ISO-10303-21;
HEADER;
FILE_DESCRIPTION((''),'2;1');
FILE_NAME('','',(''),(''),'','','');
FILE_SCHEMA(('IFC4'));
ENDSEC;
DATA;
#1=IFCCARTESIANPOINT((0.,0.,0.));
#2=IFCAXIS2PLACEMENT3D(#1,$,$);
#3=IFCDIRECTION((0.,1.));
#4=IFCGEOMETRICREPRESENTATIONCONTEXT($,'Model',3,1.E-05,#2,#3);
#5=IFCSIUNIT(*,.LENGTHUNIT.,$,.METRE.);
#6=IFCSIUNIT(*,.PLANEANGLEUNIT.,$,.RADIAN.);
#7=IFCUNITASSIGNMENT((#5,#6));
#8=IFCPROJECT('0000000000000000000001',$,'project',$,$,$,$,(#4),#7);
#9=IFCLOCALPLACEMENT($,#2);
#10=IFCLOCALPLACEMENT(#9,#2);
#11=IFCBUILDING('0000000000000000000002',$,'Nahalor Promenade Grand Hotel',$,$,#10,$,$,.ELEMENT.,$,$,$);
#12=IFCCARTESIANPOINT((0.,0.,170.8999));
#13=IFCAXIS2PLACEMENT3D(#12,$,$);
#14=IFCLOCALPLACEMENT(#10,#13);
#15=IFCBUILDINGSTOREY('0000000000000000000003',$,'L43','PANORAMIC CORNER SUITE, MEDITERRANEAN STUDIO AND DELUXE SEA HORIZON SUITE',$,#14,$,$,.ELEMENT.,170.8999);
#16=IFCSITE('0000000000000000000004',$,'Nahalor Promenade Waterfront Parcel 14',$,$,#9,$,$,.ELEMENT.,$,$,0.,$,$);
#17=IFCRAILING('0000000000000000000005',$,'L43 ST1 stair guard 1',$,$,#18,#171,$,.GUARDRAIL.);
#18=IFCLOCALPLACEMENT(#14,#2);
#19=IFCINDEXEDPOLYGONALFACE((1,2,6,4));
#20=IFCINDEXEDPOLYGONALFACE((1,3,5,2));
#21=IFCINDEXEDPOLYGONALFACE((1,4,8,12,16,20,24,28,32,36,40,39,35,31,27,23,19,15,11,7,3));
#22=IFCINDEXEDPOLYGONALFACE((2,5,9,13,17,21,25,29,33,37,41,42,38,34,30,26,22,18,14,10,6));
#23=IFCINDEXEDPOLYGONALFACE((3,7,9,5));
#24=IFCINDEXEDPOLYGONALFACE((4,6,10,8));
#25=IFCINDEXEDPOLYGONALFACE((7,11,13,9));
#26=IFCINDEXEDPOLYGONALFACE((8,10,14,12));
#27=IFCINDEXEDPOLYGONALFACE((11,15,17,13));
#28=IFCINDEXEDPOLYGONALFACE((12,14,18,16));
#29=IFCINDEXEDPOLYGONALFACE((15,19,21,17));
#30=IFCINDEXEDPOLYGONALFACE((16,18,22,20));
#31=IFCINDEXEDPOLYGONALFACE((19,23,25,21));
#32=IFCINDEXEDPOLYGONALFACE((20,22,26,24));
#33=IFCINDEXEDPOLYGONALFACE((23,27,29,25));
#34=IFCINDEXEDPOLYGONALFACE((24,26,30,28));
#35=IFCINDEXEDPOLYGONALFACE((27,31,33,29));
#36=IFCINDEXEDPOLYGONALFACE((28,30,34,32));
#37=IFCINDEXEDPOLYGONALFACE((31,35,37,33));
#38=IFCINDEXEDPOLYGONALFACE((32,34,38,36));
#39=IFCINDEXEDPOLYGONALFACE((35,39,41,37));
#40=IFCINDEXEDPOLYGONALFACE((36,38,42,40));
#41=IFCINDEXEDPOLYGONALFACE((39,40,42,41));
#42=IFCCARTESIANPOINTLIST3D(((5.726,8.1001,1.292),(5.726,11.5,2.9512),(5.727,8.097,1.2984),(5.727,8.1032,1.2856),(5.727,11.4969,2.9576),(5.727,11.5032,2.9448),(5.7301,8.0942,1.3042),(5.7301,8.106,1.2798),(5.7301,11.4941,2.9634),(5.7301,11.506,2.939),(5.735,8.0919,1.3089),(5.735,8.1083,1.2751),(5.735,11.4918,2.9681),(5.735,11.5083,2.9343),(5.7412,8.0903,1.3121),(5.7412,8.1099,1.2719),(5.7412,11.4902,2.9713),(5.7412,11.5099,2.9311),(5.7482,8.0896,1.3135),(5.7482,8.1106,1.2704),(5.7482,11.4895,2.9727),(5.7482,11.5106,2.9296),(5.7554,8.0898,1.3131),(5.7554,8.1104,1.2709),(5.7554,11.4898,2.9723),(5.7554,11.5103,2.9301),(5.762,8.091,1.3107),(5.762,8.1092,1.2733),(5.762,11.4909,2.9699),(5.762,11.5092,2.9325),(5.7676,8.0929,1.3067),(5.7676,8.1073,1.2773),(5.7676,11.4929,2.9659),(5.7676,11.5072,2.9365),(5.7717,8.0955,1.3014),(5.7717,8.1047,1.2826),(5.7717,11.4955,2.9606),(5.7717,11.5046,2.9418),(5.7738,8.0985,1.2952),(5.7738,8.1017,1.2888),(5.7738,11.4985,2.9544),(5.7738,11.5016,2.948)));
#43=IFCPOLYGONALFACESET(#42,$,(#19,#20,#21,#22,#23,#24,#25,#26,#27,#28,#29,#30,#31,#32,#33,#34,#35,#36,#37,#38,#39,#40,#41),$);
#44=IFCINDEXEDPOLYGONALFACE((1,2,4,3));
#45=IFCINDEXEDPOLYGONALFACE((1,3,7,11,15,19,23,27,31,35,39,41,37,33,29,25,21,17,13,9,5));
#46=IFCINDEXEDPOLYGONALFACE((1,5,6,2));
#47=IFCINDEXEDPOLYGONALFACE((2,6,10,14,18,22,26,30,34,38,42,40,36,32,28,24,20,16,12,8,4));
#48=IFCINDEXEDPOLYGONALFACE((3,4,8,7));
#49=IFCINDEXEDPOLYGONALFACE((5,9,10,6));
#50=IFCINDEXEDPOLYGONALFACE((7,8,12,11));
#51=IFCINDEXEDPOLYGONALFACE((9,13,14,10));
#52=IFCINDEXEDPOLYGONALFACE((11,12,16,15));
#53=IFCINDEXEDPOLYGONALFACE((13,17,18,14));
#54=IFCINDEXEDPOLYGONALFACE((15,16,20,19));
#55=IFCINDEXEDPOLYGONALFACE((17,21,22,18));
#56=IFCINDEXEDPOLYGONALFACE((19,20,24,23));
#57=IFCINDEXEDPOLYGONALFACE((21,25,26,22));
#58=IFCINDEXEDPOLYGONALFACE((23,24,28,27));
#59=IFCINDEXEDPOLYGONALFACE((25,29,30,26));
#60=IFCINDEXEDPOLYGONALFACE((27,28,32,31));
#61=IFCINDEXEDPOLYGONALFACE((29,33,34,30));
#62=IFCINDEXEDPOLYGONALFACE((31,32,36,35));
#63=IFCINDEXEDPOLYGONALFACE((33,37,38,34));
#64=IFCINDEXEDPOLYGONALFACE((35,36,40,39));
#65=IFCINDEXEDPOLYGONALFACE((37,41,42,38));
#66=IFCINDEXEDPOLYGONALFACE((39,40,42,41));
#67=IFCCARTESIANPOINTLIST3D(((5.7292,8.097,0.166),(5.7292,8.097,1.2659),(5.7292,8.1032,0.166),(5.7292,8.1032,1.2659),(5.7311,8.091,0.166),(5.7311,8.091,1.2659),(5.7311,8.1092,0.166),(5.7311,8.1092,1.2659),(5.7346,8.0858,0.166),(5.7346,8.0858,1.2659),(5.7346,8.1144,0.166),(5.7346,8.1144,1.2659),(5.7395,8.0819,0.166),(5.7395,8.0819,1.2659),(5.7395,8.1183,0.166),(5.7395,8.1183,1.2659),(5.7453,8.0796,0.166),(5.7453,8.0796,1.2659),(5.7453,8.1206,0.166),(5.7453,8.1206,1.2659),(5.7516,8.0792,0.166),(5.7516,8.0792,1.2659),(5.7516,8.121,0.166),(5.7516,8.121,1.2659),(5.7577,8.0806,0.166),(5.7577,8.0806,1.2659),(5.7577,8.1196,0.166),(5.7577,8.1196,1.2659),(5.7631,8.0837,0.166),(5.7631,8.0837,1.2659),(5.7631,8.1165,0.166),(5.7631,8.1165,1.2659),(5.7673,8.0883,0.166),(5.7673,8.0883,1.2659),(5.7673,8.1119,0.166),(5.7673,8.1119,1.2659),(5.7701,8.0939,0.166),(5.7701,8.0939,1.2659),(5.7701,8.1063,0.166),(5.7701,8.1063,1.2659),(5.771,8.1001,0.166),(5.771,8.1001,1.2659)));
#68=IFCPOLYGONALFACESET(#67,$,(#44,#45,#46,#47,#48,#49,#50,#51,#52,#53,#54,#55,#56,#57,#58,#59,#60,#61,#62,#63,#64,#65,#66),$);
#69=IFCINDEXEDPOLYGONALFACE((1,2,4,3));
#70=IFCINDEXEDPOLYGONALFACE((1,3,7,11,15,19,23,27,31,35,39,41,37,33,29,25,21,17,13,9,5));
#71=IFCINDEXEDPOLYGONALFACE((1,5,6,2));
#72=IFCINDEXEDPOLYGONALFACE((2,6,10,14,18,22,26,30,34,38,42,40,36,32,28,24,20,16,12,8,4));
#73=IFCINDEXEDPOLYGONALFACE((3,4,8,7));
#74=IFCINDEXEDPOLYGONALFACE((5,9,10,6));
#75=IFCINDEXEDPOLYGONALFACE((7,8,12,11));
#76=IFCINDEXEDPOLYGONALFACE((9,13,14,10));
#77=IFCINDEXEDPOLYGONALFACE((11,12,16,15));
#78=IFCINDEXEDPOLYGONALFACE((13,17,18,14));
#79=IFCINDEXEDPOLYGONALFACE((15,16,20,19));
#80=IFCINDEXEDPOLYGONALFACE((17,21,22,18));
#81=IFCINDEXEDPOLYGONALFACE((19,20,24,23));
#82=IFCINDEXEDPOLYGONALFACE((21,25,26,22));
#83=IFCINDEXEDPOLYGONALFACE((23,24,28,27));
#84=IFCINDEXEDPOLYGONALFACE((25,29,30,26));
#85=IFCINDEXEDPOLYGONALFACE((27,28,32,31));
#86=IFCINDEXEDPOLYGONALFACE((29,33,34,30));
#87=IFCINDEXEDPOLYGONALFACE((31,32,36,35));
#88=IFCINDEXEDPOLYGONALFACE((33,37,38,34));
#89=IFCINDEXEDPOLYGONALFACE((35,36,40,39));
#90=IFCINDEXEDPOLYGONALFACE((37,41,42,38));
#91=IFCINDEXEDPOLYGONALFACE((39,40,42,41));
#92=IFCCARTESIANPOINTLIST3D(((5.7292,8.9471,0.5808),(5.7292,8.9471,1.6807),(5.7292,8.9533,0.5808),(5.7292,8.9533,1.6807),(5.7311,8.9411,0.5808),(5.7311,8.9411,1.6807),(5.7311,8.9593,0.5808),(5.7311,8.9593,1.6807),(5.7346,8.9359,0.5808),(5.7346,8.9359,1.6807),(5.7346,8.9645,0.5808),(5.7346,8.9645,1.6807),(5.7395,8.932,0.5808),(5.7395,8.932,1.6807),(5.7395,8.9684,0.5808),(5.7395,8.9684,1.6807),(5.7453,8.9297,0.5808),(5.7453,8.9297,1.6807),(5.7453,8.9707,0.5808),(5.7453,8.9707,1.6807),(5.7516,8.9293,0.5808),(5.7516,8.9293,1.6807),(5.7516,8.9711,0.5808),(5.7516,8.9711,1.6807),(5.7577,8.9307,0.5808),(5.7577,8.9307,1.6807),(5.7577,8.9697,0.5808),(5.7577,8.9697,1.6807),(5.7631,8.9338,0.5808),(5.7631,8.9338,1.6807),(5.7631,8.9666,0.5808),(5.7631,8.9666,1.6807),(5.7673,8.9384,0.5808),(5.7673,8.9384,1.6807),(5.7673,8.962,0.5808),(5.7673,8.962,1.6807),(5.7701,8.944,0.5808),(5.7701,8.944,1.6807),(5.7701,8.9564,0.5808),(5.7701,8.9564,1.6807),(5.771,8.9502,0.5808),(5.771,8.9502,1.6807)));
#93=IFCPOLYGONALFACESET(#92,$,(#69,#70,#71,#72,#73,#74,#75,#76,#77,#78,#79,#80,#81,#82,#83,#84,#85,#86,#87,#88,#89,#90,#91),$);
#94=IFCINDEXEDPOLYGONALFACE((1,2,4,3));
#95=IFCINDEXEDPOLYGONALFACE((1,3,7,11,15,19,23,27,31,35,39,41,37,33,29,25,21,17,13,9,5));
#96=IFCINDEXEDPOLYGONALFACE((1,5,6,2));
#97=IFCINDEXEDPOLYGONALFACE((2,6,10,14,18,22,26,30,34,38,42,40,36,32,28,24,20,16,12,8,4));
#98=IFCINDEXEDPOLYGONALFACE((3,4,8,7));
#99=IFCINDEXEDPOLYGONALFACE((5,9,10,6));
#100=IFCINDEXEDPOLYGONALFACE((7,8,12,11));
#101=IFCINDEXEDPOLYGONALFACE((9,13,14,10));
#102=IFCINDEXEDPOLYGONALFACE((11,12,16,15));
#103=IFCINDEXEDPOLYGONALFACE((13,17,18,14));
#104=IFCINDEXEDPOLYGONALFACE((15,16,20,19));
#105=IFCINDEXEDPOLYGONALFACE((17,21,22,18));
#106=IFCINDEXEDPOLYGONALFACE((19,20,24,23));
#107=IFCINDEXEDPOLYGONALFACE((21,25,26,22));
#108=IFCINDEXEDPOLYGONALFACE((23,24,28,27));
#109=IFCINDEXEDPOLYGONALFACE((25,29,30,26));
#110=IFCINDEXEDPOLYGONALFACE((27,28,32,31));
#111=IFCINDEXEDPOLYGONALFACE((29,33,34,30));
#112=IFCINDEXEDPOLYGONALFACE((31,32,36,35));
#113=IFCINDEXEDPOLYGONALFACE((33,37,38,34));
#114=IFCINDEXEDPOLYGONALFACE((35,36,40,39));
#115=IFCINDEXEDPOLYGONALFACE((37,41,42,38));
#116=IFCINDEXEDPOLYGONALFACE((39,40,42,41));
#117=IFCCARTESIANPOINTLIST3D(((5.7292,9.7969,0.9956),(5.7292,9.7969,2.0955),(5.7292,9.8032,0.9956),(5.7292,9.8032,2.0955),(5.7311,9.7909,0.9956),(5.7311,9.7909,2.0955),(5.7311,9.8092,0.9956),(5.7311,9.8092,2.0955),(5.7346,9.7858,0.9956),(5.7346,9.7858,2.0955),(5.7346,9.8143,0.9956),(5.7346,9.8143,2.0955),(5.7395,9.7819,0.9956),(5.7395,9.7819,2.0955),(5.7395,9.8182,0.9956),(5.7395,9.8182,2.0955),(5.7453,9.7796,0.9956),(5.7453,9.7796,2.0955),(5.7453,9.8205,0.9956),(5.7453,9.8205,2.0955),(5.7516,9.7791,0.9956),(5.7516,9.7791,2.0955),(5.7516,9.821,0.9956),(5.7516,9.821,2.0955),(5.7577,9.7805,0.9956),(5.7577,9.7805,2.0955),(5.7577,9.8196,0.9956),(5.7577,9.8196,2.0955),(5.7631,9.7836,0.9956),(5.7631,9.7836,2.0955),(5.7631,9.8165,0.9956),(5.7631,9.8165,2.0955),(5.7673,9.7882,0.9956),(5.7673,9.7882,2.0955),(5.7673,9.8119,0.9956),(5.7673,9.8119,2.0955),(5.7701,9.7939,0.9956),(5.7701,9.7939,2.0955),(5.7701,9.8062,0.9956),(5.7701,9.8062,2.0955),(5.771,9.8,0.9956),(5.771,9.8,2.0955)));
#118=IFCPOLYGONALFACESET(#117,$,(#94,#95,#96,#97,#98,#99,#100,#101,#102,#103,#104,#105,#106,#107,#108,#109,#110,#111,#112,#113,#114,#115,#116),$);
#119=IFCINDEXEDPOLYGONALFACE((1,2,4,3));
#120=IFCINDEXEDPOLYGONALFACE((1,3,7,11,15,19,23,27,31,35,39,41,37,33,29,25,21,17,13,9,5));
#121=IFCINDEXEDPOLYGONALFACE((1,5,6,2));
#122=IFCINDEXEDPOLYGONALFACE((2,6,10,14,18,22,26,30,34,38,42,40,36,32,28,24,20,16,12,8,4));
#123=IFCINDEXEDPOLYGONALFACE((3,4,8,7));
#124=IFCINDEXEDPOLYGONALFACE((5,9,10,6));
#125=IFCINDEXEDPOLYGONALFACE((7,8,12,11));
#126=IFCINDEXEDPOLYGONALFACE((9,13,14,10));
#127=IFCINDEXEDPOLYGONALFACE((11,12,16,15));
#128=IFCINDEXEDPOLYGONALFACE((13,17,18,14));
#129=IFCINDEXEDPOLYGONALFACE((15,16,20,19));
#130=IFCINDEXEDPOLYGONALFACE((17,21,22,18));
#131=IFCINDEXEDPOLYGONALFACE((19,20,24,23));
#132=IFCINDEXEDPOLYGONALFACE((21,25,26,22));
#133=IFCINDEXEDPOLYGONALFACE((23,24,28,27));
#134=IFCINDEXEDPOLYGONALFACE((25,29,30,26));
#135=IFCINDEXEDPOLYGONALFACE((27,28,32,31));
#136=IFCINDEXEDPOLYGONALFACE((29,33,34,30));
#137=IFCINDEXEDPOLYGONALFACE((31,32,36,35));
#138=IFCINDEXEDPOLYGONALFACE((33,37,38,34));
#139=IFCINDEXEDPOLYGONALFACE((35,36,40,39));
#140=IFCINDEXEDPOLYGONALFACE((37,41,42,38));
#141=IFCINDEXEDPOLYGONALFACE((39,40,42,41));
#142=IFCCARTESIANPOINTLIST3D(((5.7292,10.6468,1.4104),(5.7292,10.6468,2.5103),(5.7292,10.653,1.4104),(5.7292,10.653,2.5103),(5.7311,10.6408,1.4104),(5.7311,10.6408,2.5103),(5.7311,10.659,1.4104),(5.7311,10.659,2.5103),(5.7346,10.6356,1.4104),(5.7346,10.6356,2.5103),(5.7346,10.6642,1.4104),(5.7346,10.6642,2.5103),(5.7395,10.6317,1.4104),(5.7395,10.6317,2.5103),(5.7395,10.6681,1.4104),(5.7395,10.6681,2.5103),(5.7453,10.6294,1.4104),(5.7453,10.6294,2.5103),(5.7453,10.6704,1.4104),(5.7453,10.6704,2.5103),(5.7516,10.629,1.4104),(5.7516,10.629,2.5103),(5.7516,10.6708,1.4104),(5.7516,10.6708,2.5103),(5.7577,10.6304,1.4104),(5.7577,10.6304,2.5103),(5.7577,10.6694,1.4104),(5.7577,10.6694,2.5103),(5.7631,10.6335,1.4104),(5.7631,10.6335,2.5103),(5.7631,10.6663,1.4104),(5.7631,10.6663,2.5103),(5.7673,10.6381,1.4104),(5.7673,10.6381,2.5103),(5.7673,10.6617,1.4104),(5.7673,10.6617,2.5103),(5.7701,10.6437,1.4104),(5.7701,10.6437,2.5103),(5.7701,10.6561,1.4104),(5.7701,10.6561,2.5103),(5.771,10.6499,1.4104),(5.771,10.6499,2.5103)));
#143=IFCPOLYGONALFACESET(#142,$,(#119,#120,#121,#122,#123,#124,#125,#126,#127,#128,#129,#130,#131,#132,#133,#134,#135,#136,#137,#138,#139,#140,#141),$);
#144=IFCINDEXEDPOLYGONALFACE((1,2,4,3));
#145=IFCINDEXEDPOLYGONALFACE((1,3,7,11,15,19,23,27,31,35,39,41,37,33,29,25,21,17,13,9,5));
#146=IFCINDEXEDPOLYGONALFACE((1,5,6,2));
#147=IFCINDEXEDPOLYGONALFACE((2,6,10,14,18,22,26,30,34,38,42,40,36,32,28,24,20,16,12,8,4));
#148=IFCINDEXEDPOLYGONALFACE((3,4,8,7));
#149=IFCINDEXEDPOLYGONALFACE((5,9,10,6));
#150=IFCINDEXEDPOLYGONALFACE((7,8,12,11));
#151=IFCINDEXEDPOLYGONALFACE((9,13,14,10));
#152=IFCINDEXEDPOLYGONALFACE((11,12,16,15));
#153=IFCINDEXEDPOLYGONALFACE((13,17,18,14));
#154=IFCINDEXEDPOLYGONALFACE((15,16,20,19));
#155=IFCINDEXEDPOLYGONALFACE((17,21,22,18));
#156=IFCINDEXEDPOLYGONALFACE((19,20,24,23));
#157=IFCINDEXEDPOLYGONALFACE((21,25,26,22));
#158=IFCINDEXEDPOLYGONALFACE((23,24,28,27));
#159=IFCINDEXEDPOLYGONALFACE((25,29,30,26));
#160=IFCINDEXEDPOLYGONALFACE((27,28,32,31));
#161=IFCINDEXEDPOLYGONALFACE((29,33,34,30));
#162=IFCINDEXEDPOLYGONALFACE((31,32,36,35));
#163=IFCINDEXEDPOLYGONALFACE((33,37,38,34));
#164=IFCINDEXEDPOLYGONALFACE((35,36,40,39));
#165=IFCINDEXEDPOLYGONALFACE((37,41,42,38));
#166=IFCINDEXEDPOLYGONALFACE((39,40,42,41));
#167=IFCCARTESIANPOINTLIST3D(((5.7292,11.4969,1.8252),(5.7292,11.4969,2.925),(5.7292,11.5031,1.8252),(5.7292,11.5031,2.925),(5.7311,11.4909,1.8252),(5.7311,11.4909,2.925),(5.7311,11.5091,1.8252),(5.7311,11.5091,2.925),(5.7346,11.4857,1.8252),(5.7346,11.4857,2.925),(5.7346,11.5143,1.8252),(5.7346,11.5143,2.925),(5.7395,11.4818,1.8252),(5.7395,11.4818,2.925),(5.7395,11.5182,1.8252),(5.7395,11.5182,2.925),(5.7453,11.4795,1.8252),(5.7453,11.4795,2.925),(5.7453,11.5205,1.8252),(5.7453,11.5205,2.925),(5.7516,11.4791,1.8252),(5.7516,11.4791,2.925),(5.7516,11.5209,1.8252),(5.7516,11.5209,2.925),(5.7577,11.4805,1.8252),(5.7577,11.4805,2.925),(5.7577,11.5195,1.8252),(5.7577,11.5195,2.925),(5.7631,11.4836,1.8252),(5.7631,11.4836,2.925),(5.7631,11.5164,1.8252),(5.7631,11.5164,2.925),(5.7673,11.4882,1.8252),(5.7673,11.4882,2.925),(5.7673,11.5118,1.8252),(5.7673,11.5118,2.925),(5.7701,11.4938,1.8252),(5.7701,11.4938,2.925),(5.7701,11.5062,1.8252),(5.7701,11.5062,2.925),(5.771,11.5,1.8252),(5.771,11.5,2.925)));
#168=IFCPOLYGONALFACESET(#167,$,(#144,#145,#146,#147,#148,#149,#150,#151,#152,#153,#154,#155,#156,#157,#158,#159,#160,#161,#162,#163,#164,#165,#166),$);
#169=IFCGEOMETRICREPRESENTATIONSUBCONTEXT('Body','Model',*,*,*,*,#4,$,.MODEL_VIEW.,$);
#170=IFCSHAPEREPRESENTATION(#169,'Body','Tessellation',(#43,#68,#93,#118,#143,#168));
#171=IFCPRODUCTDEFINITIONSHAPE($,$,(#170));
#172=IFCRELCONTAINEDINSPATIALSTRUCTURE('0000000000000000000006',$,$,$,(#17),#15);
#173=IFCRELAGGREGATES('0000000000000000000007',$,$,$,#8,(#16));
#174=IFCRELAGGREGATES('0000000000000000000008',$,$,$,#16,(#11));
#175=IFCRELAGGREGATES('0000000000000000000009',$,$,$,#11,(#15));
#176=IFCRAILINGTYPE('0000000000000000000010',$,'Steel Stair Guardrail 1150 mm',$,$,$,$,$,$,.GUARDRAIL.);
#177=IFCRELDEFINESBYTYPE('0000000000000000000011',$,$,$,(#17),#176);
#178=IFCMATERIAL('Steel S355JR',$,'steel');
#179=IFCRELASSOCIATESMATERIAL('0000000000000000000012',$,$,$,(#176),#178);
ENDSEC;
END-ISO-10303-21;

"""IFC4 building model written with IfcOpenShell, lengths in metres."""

from ifc_helpers import new_model, si_unit, direction, frame, origin, origin_2d, place, context, subcontext, project, spatial, circle, extrude, material, type_object, element, save


model = new_model("IFC4")

# Units and contexts
model_context = context("Model", 3, precision=1e-05, world=origin(), true_north=direction((0.0, 1.0)))
body_context = subcontext(model_context, "Body", "Model", "MODEL_VIEW")
ifc_project = project(units=[si_unit("LENGTHUNIT", "METRE"), si_unit("PLANEANGLEUNIT", "RADIAN")], contexts=[model_context])

# Site, building, storey
site_placement = place(None, origin())
site = spatial("IfcSite", under=ifc_project, at=site_placement, Name="Nahalor Promenade Waterfront Parcel 14", CompositionType="ELEMENT", RefElevation=0.0)
building_placement = place(site_placement, origin())
building = spatial("IfcBuilding", under=site, at=building_placement, Name="Nahalor Promenade Grand Hotel", CompositionType="ELEMENT")
storey_placement = place(building_placement, frame((0.0, 0.0, 170.8999)))
storey = spatial("IfcBuildingStorey", under=building, at=storey_placement, Name="L43", Description="PANORAMIC CORNER SUITE, MEDITERRANEAN STUDIO AND DELUXE SEA HORIZON SUITE", CompositionType="ELEMENT", Elevation=170.8999)

# Shared definitions
ifc_material_1 = material(Name="Steel S355JR", Category="steel")

# Railing
railing_type_1 = type_object("IfcRailingType", Name="Steel Stair Guardrail 1150 mm", PredefinedType="GUARDRAIL", material=ifc_material_1)
railing_1_placement = place(storey_placement, frame((5.75, 8.1001, 0.166)))
element("IfcRailing", 1, at=railing_1_placement, inside=storey, type_object=railing_type_1, Name="L43 ST1 stair guard 1", PredefinedType="GUARDRAIL", context=body_context, shape_type="SweptSolid", body=[
    extrude(circle(Radius=0.024, at=origin_2d()), frame((0.0, 0.0, 1.126), z_axis=(0.0, 0.898696, 0.438571), x_axis=(-1.0, 0.0, 0.0)), (0.0, 0.0, 1.0), 3.7832),
    extrude(circle(Radius=0.021, at=origin_2d()), origin(), (0.0, 0.0, 1.0), 1.0999),
    extrude(circle(Radius=0.021, at=origin_2d()), frame((0.0, 0.8501, 0.4148)), (0.0, 0.0, 1.0), 1.0999),
    extrude(circle(Radius=0.021, at=origin_2d()), frame((0.0, 1.7, 0.8296)), (0.0, 0.0, 1.0), 1.0999),
    extrude(circle(Radius=0.021, at=origin_2d()), frame((0.0, 2.5498, 1.2444)), (0.0, 0.0, 1.0), 1.0999),
    extrude(circle(Radius=0.021, at=origin_2d()), frame((0.0, 3.3999, 1.6592)), (0.0, 0.0, 1.0), 1.0999),
])

save(model, "model.ifc")
